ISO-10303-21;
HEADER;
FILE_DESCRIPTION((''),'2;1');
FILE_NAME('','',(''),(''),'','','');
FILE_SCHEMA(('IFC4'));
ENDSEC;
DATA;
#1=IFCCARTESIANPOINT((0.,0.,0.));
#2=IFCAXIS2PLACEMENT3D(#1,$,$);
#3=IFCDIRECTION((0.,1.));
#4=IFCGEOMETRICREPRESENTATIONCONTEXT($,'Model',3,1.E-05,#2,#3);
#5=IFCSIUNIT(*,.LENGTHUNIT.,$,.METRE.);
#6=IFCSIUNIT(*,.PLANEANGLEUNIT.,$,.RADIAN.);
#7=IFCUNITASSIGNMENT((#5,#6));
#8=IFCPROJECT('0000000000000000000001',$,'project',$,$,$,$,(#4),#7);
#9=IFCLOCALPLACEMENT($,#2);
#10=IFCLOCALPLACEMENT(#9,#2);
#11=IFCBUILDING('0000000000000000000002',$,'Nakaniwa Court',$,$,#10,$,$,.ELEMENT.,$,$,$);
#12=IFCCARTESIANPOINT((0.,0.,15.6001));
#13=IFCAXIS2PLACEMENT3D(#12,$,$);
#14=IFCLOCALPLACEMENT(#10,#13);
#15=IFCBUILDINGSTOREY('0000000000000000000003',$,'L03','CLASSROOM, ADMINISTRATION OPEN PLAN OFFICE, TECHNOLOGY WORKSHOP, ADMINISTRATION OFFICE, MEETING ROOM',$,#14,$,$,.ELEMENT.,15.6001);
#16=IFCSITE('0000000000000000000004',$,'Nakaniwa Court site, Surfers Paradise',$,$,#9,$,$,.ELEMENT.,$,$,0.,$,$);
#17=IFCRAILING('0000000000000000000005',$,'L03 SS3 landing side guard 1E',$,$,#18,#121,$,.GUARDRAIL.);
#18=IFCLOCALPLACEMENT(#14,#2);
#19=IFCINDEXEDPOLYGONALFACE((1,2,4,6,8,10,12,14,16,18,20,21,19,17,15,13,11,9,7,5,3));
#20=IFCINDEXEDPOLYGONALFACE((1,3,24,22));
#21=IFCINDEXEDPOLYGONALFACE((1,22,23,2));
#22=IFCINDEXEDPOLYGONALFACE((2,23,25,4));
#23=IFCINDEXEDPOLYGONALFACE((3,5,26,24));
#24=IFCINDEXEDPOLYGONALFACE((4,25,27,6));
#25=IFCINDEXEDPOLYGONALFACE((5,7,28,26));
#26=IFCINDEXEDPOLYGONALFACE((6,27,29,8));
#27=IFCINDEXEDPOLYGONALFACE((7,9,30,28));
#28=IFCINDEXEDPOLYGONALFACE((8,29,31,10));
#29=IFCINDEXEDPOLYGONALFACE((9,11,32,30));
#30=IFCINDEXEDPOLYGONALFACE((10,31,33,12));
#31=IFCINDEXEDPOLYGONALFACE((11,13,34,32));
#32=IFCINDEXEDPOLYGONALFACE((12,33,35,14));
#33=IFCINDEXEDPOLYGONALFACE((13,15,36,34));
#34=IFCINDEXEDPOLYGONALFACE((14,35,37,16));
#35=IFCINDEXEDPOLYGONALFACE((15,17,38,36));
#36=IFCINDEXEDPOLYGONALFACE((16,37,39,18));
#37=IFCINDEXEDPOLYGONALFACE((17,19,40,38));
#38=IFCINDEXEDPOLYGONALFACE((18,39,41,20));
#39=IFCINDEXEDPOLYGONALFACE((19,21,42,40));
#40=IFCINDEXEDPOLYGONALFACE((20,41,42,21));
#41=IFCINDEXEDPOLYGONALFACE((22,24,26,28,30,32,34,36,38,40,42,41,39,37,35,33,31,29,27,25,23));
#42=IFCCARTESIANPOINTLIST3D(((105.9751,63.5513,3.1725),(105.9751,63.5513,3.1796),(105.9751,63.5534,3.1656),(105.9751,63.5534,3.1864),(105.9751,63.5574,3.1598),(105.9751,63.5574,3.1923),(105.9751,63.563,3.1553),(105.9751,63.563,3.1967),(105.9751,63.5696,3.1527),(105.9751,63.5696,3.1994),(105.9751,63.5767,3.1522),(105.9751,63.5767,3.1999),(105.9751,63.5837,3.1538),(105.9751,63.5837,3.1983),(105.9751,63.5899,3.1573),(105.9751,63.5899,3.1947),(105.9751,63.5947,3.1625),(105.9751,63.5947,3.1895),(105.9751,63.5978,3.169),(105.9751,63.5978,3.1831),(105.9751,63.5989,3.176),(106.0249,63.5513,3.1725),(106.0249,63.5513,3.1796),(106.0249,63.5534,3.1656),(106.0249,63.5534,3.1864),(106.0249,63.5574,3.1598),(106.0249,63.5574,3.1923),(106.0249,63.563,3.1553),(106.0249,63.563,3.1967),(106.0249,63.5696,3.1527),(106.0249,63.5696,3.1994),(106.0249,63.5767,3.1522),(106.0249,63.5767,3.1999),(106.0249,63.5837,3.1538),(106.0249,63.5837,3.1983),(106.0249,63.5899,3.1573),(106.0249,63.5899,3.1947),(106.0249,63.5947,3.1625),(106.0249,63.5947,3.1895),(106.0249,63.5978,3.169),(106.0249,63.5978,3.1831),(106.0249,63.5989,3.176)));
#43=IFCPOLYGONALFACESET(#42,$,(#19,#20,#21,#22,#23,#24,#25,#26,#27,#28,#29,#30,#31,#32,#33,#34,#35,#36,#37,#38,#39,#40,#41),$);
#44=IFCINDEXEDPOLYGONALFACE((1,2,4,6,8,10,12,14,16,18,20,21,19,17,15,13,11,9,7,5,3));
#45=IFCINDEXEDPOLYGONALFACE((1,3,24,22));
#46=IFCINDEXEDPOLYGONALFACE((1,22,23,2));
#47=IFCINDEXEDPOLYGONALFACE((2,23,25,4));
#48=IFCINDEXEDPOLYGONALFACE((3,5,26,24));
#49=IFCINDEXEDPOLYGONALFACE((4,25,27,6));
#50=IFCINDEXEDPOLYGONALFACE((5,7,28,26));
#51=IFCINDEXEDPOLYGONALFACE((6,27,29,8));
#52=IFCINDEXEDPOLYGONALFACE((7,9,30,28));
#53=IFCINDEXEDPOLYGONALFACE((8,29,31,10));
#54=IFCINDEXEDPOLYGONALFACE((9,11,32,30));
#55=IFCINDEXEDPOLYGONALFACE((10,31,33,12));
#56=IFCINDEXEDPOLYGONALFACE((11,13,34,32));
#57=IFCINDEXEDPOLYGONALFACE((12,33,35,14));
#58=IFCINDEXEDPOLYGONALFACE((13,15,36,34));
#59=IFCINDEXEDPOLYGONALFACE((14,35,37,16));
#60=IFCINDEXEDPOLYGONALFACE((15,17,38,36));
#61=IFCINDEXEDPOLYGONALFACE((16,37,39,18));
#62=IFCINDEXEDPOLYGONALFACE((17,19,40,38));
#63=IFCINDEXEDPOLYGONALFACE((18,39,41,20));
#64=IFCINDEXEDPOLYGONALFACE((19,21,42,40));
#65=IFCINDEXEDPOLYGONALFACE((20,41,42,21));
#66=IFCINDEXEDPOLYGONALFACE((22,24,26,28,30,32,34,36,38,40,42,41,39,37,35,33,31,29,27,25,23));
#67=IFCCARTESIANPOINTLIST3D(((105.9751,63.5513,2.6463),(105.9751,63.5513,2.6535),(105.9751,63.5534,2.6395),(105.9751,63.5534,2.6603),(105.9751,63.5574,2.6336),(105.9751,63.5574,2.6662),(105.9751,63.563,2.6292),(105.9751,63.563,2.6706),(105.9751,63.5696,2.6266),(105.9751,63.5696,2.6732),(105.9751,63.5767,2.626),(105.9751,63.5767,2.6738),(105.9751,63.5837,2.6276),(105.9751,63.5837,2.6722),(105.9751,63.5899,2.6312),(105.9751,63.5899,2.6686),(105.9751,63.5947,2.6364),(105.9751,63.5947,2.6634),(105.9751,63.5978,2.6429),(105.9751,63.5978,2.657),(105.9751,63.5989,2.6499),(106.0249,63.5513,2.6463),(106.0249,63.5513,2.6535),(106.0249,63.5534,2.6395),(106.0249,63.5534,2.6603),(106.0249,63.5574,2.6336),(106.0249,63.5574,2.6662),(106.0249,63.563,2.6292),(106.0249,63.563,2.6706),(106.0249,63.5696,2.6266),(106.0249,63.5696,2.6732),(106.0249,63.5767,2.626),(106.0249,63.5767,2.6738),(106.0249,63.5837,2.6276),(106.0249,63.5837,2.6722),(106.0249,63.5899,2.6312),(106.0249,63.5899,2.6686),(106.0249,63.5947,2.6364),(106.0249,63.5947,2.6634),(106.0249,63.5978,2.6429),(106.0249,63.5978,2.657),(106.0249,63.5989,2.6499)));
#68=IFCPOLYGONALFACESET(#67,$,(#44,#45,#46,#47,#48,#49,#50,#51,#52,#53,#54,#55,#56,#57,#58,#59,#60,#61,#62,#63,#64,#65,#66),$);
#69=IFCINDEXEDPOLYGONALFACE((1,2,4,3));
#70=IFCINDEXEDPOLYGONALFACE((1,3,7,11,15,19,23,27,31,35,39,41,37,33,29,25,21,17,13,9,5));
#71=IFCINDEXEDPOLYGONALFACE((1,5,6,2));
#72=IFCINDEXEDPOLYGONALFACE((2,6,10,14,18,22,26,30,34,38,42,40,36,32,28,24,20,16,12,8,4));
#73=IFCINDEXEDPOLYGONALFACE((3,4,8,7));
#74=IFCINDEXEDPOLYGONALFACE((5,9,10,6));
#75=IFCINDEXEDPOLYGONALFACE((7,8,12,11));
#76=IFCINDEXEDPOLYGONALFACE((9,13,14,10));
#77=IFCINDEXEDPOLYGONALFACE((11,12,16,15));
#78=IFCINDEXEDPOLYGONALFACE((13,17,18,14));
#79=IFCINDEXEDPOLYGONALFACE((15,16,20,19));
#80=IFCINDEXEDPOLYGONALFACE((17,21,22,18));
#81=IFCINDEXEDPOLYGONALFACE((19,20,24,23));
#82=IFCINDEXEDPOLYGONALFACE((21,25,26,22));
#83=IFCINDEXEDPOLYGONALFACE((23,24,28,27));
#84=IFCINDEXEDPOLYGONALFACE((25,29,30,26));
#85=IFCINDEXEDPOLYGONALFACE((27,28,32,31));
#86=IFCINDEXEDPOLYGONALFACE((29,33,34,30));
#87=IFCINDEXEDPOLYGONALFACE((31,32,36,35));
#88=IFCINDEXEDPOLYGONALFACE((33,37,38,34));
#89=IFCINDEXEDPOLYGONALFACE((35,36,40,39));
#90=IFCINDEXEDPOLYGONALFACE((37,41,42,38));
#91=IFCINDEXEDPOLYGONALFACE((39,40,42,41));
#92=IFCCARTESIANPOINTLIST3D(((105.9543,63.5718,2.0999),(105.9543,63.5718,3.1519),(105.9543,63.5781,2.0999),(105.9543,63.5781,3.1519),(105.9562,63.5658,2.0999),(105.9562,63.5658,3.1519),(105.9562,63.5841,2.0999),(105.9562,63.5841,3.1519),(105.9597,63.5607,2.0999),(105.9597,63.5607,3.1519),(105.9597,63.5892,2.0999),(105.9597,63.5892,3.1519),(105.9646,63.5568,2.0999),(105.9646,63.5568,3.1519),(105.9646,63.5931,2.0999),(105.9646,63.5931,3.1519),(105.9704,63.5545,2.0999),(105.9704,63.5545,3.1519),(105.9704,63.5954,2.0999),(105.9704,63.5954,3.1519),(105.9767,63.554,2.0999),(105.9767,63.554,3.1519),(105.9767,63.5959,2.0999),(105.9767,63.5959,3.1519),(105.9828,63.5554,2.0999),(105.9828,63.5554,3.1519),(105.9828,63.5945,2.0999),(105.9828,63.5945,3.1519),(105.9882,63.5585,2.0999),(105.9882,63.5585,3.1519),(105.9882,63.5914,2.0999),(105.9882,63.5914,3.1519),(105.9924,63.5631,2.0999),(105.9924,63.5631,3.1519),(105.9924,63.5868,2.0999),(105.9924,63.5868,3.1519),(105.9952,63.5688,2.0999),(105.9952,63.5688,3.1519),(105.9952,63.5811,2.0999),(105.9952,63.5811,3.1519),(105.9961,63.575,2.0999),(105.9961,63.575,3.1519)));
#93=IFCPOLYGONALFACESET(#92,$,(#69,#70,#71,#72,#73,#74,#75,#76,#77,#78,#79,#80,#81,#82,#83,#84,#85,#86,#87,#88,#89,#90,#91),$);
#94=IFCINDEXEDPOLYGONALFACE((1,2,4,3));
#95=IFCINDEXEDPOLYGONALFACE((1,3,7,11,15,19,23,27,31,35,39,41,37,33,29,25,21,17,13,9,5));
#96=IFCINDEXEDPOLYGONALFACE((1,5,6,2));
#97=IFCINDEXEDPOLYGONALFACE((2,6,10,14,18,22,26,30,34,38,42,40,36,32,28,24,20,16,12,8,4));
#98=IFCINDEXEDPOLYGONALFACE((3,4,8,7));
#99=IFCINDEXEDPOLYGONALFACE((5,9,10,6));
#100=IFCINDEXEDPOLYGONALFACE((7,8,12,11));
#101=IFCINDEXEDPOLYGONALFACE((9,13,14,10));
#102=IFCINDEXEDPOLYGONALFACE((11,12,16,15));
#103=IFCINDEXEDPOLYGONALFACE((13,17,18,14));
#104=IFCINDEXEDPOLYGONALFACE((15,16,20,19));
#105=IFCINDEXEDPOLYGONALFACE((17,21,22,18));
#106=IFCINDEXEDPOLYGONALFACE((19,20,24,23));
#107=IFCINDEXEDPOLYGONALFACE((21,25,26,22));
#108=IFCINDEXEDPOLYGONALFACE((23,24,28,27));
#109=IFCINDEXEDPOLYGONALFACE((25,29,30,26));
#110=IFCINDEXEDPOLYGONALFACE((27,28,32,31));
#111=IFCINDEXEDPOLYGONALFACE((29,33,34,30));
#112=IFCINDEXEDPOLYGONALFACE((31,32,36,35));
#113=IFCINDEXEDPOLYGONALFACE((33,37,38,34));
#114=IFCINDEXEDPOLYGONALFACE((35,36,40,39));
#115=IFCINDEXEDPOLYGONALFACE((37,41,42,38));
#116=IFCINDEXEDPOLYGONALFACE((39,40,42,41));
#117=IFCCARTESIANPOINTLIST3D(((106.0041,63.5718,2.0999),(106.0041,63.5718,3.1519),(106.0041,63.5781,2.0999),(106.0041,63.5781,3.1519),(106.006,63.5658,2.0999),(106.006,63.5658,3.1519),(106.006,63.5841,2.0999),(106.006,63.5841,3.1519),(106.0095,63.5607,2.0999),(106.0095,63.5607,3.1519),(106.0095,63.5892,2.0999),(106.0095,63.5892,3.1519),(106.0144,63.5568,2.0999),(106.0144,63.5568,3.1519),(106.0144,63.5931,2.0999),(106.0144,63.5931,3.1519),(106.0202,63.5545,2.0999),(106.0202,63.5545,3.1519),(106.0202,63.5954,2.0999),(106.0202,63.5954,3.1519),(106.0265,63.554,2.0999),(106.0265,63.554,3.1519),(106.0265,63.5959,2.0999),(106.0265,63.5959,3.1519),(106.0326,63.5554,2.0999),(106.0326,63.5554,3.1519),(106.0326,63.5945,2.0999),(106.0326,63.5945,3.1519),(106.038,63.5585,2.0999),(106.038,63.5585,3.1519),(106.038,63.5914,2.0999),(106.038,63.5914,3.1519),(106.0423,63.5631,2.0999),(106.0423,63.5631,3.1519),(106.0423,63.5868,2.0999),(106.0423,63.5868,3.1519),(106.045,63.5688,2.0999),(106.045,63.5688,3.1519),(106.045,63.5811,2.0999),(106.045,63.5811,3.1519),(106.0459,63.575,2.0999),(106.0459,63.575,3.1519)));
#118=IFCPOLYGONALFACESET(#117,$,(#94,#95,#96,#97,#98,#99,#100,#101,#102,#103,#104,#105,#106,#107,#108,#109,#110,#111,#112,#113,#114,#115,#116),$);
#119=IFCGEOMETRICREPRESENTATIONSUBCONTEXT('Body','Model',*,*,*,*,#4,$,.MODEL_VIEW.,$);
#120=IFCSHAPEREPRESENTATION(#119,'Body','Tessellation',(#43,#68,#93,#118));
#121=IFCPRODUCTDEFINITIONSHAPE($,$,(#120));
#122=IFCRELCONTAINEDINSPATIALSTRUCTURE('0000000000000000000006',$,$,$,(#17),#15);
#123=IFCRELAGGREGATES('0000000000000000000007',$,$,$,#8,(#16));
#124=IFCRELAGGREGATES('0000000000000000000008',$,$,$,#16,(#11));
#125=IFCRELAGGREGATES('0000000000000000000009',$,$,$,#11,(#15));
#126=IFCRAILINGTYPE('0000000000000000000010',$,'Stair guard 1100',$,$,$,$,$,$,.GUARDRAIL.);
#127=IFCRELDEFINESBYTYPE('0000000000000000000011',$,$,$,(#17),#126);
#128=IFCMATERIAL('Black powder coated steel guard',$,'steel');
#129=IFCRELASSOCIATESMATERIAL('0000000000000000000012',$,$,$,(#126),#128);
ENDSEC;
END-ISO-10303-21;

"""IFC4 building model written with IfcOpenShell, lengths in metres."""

from ifc_helpers import new_model, si_unit, direction, frame, origin, origin_2d, place, context, subcontext, project, spatial, circle, extrude, material, type_object, element, save


model = new_model("IFC4")

# Units and contexts
model_context = context("Model", 3, precision=1e-05, world=origin(), true_north=direction((0.0, 1.0)))
body_context = subcontext(model_context, "Body", "Model", "MODEL_VIEW")
ifc_project = project(units=[si_unit("LENGTHUNIT", "METRE"), si_unit("PLANEANGLEUNIT", "RADIAN")], contexts=[model_context])

# Site, building, storey
site_placement = place(None, origin())
site = spatial("IfcSite", under=ifc_project, at=site_placement, Name="Nakaniwa Court site, Surfers Paradise", CompositionType="ELEMENT", RefElevation=0.0)
building_placement = place(site_placement, origin())
building = spatial("IfcBuilding", under=site, at=building_placement, Name="Nakaniwa Court", CompositionType="ELEMENT")
storey_placement = place(building_placement, frame((0.0, 0.0, 15.6001)))
storey = spatial("IfcBuildingStorey", under=building, at=storey_placement, Name="L03", Description="CLASSROOM, ADMINISTRATION OPEN PLAN OFFICE, TECHNOLOGY WORKSHOP, ADMINISTRATION OFFICE, MEETING ROOM", CompositionType="ELEMENT", Elevation=15.6001)

# Railing
ifc_material_1 = material(Name="Black powder coated steel guard", Category="steel")
railing_type_1 = type_object("IfcRailingType", Name="Stair guard 1100", PredefinedType="GUARDRAIL", material=ifc_material_1)
for number, where, name in (
    (1, (105.9751, 63.575, 2.0999), "L03 SS3 landing side guard 1E"),
):
    element("IfcRailing", number, at=place(storey_placement, frame(where)), inside=storey, type_object=railing_type_1, Name=name, PredefinedType="GUARDRAIL", context=body_context, shape_type="SweptSolid", body=[
        extrude(circle(Radius=0.0239, at=origin_2d()), frame((0.0, 0.0, 1.0762), z_axis=(1.0, 0.0, 0.0), x_axis=(0.0, 1.0, 0.0)), (0.0, 0.0, 1.0), 0.0498),
        extrude(circle(Radius=0.0239, at=origin_2d()), frame((0.0, 0.0, 0.55), z_axis=(1.0, 0.0, 0.0), x_axis=(0.0, 1.0, 0.0)), (0.0, 0.0, 1.0), 0.0498),
        extrude(circle(Radius=0.021, at=origin_2d()), origin(), (0.0, 0.0, 1.0), 1.052),
        extrude(circle(Radius=0.021, at=origin_2d()), frame((0.0498, 0.0, 0.0)), (0.0, 0.0, 1.0), 1.052),
    ])

save(model, "model.ifc")
